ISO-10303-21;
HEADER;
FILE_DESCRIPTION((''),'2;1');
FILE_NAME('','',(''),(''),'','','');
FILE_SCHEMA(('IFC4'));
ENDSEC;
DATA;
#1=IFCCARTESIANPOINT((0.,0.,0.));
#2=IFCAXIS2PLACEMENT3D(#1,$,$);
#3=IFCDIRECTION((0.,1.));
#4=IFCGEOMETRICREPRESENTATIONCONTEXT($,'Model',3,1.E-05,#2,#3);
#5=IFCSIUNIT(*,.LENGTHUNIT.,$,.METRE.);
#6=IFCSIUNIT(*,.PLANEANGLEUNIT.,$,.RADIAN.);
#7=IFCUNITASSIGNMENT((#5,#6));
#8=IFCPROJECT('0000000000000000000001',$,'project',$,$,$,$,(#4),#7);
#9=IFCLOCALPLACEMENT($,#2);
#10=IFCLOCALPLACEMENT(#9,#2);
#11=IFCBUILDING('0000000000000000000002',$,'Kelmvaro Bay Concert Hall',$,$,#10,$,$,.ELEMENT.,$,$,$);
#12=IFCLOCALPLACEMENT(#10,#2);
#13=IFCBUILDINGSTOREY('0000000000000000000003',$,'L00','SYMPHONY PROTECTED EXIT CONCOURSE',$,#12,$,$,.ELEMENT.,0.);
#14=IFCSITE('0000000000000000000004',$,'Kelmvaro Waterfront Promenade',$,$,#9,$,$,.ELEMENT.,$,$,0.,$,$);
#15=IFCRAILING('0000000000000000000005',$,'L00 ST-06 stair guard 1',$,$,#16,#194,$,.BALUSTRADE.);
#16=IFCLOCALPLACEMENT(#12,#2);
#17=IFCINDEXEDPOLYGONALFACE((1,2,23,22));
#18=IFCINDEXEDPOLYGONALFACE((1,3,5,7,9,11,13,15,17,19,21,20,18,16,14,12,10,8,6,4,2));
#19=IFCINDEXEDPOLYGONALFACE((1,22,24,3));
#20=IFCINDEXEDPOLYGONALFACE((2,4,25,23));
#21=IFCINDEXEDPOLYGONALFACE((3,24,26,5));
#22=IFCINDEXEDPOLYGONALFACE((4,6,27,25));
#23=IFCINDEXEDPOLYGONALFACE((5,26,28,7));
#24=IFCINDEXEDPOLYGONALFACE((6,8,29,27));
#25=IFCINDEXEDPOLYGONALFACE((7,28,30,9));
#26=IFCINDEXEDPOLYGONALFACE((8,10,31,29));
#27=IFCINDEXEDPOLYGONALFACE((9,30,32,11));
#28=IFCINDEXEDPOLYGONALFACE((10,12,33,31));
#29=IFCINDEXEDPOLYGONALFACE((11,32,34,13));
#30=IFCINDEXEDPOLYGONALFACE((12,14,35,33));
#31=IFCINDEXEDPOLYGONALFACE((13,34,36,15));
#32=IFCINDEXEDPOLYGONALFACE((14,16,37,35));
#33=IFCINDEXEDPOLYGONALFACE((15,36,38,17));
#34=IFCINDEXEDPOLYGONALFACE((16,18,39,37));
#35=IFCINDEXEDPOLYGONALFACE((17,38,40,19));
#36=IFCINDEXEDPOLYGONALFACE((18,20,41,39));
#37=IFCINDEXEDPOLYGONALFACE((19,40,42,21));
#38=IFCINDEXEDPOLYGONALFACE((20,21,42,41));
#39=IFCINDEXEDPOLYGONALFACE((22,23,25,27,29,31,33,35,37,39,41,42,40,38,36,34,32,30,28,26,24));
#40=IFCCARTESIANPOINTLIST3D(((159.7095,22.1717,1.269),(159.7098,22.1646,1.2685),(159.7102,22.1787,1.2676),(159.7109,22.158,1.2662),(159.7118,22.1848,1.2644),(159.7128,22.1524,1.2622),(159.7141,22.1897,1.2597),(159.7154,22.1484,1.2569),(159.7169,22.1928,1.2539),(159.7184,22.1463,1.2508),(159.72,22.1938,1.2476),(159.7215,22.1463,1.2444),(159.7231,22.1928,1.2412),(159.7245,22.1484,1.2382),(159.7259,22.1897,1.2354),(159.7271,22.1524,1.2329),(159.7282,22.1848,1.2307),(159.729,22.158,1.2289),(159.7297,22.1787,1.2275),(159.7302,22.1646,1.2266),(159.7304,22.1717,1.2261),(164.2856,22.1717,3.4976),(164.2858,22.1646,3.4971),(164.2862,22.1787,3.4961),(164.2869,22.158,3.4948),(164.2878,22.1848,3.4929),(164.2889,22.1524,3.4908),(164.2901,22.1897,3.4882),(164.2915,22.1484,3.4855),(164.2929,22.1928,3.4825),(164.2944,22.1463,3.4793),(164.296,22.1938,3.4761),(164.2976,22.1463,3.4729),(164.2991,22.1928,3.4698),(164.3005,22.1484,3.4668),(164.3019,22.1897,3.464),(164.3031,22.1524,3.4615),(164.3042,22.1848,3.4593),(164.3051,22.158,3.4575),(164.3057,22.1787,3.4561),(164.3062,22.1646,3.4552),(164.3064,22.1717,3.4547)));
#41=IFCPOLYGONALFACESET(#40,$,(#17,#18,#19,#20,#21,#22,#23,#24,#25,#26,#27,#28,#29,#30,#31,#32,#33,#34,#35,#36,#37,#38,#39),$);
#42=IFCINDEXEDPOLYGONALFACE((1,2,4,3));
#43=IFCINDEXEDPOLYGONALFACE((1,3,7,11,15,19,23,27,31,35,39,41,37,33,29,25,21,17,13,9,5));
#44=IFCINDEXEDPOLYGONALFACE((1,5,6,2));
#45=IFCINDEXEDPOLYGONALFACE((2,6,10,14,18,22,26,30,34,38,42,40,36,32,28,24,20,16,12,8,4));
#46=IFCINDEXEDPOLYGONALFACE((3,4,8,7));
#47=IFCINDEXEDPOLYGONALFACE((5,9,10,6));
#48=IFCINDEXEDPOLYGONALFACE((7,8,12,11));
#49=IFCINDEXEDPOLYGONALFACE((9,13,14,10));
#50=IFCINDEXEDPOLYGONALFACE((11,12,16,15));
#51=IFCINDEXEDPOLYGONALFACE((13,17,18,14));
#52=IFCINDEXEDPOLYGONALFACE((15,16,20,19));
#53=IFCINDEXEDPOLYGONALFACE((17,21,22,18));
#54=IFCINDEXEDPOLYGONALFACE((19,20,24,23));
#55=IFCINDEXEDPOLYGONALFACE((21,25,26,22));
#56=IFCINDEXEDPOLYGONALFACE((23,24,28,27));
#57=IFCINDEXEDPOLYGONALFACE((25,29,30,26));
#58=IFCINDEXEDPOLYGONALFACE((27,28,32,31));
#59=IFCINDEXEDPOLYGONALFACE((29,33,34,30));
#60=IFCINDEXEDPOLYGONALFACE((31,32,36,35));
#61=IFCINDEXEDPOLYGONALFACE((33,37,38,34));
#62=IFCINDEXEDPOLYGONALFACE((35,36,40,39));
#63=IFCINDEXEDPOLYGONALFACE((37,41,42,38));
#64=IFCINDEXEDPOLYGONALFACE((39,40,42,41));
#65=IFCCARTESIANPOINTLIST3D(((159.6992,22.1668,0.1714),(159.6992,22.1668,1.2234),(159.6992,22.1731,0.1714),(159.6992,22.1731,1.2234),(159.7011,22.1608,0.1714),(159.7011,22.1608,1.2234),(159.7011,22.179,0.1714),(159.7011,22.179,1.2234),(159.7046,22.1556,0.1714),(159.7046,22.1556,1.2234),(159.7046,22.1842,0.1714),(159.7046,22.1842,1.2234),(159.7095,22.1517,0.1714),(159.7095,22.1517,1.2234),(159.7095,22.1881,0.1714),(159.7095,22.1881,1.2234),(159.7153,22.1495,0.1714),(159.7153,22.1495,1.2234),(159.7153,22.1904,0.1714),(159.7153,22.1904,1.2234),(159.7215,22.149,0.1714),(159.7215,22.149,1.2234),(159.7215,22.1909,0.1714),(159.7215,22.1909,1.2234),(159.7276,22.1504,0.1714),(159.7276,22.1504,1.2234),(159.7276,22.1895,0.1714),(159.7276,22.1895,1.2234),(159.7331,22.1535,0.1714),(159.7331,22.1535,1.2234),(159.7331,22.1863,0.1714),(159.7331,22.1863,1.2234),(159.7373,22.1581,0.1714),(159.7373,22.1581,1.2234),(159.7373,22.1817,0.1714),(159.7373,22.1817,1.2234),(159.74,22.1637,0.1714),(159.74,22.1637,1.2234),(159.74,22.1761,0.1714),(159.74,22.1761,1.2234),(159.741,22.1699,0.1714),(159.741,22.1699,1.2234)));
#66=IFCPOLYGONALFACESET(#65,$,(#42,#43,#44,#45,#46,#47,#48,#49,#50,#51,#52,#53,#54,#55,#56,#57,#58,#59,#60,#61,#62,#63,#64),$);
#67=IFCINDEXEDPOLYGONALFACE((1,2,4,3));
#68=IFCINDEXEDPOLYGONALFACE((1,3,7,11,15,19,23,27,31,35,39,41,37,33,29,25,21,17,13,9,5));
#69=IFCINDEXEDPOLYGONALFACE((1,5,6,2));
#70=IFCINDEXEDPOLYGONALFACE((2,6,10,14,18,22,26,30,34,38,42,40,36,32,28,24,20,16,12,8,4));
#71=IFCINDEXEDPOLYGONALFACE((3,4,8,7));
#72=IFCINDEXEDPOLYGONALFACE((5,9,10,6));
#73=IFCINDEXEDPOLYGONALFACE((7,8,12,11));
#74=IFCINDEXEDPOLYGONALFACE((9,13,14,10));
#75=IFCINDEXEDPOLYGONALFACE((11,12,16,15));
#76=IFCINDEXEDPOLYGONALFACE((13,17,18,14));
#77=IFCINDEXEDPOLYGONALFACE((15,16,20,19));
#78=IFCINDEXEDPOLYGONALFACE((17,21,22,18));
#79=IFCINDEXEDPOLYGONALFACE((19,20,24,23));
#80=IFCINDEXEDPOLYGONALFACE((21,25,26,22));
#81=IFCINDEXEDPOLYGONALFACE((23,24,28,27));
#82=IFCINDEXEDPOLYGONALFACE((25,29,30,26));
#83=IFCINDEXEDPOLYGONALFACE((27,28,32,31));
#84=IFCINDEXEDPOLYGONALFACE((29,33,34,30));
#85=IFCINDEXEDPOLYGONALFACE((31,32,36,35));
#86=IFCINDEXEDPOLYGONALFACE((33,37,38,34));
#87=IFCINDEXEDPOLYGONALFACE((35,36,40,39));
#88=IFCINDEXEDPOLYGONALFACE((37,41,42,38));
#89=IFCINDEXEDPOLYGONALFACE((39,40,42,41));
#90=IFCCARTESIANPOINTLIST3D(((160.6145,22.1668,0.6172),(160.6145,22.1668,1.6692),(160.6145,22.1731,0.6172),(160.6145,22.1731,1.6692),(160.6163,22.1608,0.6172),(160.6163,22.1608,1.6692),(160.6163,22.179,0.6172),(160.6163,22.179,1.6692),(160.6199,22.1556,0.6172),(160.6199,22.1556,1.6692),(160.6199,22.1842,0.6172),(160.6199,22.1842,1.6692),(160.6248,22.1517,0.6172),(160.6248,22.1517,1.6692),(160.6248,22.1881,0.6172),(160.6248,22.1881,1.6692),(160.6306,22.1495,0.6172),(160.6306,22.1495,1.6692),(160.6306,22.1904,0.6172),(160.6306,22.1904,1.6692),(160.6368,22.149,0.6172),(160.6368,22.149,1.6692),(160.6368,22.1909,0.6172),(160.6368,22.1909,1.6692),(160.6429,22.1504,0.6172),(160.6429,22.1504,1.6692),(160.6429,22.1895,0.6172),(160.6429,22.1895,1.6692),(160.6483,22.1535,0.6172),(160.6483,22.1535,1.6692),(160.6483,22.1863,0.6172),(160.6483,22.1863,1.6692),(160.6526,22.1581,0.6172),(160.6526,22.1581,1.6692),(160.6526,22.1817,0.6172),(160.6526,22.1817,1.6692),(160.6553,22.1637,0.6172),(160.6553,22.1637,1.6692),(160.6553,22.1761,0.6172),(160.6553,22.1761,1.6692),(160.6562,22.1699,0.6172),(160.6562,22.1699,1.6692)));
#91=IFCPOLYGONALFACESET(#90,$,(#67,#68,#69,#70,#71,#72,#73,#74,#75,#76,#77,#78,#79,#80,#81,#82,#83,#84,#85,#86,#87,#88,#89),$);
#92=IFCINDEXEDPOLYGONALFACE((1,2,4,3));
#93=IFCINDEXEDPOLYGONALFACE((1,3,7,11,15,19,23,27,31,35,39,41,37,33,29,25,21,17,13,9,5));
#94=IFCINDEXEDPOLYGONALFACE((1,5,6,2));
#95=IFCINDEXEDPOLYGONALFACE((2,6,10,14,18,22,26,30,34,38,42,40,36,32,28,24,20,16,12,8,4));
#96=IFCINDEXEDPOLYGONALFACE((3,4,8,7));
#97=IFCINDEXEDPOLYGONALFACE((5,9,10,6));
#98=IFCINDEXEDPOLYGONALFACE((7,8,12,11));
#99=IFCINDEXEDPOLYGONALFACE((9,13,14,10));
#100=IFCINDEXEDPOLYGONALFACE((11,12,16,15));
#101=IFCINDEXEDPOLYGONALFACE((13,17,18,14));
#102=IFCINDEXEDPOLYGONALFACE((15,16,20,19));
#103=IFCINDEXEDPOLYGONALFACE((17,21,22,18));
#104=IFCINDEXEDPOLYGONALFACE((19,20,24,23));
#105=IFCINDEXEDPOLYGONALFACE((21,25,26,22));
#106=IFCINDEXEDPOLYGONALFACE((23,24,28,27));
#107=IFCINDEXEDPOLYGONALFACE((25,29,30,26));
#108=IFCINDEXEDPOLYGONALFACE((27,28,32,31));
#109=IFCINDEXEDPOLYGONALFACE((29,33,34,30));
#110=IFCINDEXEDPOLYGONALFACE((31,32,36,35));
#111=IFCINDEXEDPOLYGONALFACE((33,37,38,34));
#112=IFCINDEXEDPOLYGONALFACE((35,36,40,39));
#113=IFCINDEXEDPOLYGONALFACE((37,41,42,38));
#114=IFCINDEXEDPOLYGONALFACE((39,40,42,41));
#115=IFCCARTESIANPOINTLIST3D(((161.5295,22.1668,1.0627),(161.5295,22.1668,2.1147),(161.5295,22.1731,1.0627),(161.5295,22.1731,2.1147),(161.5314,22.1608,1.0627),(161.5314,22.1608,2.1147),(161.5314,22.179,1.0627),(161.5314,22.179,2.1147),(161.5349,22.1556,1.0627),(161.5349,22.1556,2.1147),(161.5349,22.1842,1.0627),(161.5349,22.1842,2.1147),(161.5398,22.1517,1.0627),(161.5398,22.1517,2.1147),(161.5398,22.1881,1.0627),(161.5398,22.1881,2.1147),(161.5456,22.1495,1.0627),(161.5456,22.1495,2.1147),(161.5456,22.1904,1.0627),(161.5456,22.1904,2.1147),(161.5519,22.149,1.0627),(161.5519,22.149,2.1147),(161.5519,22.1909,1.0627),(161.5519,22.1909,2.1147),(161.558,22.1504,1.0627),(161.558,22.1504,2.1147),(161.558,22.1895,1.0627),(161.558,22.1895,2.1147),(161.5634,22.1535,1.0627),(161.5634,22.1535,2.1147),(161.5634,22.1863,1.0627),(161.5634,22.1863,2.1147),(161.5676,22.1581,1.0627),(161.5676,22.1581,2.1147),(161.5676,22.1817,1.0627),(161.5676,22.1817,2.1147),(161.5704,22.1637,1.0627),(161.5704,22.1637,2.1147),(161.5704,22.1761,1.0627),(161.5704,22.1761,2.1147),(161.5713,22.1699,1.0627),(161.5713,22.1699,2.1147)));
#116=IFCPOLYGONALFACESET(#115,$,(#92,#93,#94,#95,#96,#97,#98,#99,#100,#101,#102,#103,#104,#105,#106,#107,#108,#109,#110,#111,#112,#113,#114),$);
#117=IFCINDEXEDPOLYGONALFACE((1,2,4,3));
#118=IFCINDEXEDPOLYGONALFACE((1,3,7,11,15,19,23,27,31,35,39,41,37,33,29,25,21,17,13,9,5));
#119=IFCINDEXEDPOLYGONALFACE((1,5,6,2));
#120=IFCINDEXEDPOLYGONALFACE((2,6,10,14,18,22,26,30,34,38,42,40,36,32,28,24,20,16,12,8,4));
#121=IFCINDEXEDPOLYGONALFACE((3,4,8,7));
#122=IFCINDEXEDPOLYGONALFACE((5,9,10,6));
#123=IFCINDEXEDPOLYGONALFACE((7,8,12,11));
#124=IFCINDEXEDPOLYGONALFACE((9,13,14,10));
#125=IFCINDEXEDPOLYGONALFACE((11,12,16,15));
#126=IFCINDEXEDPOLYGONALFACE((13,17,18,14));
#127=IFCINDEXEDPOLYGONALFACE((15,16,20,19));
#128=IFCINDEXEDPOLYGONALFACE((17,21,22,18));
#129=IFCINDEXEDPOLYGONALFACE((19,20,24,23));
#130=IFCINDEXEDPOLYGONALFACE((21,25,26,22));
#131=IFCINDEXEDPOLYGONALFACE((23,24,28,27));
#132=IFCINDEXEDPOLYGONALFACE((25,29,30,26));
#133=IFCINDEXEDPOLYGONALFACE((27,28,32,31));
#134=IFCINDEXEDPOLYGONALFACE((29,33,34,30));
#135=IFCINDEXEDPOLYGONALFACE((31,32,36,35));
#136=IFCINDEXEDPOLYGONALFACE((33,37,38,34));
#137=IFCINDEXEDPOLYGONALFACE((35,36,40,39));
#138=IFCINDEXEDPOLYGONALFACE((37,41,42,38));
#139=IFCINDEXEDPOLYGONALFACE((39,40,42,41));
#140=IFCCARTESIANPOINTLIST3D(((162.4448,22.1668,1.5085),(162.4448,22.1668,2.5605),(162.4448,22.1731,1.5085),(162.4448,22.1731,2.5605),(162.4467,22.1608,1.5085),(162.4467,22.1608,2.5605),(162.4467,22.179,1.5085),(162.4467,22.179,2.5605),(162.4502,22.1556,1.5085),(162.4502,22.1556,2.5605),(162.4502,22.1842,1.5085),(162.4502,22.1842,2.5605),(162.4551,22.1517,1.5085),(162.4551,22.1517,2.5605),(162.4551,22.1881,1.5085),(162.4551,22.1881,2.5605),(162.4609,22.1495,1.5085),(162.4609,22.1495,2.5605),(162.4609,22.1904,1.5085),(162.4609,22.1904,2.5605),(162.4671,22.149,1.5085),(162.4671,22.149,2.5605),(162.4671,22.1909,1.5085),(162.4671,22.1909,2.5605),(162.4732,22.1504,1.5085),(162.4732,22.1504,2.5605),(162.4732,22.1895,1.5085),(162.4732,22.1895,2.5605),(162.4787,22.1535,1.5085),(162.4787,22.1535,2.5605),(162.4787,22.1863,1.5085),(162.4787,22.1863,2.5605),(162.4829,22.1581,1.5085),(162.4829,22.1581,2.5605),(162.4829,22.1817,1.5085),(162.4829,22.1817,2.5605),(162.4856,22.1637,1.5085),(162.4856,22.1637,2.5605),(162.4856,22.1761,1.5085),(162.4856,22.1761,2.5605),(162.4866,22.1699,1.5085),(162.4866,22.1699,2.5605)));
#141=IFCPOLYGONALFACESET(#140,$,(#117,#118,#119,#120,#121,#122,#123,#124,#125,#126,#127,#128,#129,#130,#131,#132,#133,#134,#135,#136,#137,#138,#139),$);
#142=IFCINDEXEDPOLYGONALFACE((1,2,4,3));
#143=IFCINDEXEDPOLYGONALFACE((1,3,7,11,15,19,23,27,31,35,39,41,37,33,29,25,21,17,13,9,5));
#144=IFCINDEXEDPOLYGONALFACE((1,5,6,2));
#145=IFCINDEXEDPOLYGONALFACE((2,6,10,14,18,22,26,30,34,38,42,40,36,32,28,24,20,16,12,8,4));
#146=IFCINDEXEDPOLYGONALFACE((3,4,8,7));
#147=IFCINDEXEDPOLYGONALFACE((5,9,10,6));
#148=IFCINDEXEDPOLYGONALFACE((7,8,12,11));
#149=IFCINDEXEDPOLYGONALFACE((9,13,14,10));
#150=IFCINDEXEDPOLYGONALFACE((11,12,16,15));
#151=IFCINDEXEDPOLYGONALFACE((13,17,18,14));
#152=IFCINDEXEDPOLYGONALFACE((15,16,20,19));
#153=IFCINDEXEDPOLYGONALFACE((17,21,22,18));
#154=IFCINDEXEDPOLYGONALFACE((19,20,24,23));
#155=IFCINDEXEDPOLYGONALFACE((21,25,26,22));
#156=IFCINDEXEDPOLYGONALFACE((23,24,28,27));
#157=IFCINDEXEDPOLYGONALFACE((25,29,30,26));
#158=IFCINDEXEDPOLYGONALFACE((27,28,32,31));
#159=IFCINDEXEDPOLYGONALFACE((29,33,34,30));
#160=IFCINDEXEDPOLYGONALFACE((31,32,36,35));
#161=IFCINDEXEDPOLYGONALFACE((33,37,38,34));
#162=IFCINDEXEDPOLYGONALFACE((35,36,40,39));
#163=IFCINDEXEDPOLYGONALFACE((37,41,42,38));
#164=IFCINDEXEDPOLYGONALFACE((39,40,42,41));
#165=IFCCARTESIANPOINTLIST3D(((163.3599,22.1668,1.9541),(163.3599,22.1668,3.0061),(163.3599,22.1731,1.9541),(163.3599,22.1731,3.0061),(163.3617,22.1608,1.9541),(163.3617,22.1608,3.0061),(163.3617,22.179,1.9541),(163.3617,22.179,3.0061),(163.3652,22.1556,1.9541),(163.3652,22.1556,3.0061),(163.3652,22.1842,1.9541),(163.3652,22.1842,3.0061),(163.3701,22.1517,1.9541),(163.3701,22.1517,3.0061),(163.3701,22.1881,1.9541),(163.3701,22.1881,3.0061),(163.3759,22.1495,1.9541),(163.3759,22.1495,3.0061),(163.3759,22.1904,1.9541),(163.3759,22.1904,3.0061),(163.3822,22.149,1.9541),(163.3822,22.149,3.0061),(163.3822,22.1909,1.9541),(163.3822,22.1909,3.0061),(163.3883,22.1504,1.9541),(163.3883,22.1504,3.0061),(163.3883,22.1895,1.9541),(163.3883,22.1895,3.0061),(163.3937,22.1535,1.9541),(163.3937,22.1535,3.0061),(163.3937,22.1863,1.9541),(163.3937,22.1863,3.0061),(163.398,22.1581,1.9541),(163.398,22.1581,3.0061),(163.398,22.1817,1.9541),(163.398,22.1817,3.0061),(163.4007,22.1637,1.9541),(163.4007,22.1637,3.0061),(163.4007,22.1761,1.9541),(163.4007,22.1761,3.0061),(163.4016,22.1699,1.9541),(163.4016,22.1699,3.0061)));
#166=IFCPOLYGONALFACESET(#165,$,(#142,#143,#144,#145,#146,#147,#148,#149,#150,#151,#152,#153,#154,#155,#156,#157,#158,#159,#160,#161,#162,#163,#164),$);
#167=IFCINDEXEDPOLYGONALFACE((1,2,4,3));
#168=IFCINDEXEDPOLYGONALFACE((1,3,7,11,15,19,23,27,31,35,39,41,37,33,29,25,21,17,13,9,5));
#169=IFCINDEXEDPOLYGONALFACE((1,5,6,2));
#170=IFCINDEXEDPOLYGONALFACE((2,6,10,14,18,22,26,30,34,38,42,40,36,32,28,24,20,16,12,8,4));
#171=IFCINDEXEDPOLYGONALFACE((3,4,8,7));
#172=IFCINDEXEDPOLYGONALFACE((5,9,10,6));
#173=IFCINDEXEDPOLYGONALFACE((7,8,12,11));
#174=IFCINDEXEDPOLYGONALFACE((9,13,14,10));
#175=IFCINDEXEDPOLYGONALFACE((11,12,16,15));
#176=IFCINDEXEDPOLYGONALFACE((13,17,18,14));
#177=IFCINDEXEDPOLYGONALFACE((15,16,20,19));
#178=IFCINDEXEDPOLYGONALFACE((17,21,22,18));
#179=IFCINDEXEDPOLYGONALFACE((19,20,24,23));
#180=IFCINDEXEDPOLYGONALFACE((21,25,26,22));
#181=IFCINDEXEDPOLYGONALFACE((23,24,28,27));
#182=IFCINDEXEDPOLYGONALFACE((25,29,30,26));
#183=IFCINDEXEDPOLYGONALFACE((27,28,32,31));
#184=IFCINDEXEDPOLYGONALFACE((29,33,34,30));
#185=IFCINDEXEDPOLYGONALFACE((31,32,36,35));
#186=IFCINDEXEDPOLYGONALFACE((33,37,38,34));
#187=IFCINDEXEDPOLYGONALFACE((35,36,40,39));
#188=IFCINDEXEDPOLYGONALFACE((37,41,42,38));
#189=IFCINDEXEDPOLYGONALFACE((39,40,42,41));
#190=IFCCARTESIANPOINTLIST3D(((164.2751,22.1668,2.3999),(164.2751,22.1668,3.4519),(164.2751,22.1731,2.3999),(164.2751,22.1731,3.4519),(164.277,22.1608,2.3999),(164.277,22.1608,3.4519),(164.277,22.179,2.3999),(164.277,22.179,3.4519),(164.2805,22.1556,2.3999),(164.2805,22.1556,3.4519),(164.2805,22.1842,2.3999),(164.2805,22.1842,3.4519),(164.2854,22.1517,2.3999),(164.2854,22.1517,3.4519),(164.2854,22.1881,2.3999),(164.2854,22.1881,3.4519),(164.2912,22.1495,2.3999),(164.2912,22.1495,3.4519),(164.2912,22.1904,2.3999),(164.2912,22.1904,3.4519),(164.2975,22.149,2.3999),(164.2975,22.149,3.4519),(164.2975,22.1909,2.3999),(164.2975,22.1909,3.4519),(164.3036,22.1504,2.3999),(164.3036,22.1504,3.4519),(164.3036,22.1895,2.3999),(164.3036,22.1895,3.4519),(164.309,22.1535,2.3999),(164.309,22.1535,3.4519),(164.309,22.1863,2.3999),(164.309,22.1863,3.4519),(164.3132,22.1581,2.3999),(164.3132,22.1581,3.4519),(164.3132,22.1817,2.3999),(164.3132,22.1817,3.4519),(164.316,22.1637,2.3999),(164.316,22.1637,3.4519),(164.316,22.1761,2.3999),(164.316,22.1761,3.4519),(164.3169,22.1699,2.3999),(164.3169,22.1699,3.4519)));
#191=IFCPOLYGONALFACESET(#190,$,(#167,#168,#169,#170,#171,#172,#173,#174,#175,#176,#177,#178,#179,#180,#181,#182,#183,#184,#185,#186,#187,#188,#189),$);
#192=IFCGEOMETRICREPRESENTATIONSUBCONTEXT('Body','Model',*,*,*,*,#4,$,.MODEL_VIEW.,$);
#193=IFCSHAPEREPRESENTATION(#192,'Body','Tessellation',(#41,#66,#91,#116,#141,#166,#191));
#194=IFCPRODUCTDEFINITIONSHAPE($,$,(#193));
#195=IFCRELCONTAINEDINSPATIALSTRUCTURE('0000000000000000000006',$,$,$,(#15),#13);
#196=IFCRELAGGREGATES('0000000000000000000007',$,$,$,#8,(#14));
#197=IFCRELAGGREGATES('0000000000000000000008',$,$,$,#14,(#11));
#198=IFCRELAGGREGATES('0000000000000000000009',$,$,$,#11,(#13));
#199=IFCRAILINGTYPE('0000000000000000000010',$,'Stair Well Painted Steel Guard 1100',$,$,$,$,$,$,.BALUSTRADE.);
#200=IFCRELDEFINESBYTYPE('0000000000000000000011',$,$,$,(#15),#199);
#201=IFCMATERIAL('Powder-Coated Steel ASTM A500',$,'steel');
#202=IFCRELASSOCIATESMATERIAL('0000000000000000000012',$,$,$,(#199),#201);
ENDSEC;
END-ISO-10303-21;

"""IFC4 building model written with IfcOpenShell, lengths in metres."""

from ifc_helpers import new_model, si_unit, direction, frame, origin, origin_2d, place, context, subcontext, project, spatial, circle, extrude, material, type_object, element, save


model = new_model("IFC4")

# Units and contexts
model_context = context("Model", 3, precision=1e-05, world=origin(), true_north=direction((0.0, 1.0)))
body_context = subcontext(model_context, "Body", "Model", "MODEL_VIEW")
ifc_project = project(units=[si_unit("LENGTHUNIT", "METRE"), si_unit("PLANEANGLEUNIT", "RADIAN")], contexts=[model_context])

# Site, building, storey
site_placement = place(None, origin())
site = spatial("IfcSite", under=ifc_project, at=site_placement, Name="Kelmvaro Waterfront Promenade", CompositionType="ELEMENT", RefElevation=0.0)
building_placement = place(site_placement, origin())
building = spatial("IfcBuilding", under=site, at=building_placement, Name="Kelmvaro Bay Concert Hall", CompositionType="ELEMENT")
storey_placement = place(building_placement, origin())
storey = spatial("IfcBuildingStorey", under=building, at=storey_placement, Name="L00", Description="SYMPHONY PROTECTED EXIT CONCOURSE", CompositionType="ELEMENT", Elevation=0.0)

# Railing
ifc_material_1 = material(Name="Powder-Coated Steel ASTM A500", Category="steel")
railing_type_1 = type_object("IfcRailingType", Name="Stair Well Painted Steel Guard 1100", PredefinedType="BALUSTRADE", material=ifc_material_1)
railing_1_placement = place(storey_placement, frame((159.72, 22.1699, 0.1714)))
element("IfcRailing", 1, at=railing_1_placement, inside=storey, type_object=railing_type_1, Name="L00 ST-06 stair guard 1", PredefinedType="BALUSTRADE", context=body_context, shape_type="SweptSolid", body=[
    extrude(circle(Radius=0.0239, at=origin_2d()), frame((0.0, 0.0, 1.0762), z_axis=(0.89905, 0.0, 0.437845), x_axis=(0.0, 1.0, 0.0)), (0.0, 0.0, 1.0), 5.0898),
    extrude(circle(Radius=0.021, at=origin_2d()), origin(), (0.0, 0.0, 1.0), 1.052),
    extrude(circle(Radius=0.021, at=origin_2d()), frame((0.9153, 0.0, 0.4458)), (0.0, 0.0, 1.0), 1.052),
    extrude(circle(Radius=0.021, at=origin_2d()), frame((1.8303, 0.0, 0.8914)), (0.0, 0.0, 1.0), 1.052),
    extrude(circle(Radius=0.021, at=origin_2d()), frame((2.7456, 0.0, 1.3372)), (0.0, 0.0, 1.0), 1.052),
    extrude(circle(Radius=0.021, at=origin_2d()), frame((3.6606, 0.0, 1.7827)), (0.0, 0.0, 1.0), 1.052),
    extrude(circle(Radius=0.021, at=origin_2d()), frame((4.5759, 0.0, 2.2285)), (0.0, 0.0, 1.0), 1.052),
])

save(model, "model.ifc")
